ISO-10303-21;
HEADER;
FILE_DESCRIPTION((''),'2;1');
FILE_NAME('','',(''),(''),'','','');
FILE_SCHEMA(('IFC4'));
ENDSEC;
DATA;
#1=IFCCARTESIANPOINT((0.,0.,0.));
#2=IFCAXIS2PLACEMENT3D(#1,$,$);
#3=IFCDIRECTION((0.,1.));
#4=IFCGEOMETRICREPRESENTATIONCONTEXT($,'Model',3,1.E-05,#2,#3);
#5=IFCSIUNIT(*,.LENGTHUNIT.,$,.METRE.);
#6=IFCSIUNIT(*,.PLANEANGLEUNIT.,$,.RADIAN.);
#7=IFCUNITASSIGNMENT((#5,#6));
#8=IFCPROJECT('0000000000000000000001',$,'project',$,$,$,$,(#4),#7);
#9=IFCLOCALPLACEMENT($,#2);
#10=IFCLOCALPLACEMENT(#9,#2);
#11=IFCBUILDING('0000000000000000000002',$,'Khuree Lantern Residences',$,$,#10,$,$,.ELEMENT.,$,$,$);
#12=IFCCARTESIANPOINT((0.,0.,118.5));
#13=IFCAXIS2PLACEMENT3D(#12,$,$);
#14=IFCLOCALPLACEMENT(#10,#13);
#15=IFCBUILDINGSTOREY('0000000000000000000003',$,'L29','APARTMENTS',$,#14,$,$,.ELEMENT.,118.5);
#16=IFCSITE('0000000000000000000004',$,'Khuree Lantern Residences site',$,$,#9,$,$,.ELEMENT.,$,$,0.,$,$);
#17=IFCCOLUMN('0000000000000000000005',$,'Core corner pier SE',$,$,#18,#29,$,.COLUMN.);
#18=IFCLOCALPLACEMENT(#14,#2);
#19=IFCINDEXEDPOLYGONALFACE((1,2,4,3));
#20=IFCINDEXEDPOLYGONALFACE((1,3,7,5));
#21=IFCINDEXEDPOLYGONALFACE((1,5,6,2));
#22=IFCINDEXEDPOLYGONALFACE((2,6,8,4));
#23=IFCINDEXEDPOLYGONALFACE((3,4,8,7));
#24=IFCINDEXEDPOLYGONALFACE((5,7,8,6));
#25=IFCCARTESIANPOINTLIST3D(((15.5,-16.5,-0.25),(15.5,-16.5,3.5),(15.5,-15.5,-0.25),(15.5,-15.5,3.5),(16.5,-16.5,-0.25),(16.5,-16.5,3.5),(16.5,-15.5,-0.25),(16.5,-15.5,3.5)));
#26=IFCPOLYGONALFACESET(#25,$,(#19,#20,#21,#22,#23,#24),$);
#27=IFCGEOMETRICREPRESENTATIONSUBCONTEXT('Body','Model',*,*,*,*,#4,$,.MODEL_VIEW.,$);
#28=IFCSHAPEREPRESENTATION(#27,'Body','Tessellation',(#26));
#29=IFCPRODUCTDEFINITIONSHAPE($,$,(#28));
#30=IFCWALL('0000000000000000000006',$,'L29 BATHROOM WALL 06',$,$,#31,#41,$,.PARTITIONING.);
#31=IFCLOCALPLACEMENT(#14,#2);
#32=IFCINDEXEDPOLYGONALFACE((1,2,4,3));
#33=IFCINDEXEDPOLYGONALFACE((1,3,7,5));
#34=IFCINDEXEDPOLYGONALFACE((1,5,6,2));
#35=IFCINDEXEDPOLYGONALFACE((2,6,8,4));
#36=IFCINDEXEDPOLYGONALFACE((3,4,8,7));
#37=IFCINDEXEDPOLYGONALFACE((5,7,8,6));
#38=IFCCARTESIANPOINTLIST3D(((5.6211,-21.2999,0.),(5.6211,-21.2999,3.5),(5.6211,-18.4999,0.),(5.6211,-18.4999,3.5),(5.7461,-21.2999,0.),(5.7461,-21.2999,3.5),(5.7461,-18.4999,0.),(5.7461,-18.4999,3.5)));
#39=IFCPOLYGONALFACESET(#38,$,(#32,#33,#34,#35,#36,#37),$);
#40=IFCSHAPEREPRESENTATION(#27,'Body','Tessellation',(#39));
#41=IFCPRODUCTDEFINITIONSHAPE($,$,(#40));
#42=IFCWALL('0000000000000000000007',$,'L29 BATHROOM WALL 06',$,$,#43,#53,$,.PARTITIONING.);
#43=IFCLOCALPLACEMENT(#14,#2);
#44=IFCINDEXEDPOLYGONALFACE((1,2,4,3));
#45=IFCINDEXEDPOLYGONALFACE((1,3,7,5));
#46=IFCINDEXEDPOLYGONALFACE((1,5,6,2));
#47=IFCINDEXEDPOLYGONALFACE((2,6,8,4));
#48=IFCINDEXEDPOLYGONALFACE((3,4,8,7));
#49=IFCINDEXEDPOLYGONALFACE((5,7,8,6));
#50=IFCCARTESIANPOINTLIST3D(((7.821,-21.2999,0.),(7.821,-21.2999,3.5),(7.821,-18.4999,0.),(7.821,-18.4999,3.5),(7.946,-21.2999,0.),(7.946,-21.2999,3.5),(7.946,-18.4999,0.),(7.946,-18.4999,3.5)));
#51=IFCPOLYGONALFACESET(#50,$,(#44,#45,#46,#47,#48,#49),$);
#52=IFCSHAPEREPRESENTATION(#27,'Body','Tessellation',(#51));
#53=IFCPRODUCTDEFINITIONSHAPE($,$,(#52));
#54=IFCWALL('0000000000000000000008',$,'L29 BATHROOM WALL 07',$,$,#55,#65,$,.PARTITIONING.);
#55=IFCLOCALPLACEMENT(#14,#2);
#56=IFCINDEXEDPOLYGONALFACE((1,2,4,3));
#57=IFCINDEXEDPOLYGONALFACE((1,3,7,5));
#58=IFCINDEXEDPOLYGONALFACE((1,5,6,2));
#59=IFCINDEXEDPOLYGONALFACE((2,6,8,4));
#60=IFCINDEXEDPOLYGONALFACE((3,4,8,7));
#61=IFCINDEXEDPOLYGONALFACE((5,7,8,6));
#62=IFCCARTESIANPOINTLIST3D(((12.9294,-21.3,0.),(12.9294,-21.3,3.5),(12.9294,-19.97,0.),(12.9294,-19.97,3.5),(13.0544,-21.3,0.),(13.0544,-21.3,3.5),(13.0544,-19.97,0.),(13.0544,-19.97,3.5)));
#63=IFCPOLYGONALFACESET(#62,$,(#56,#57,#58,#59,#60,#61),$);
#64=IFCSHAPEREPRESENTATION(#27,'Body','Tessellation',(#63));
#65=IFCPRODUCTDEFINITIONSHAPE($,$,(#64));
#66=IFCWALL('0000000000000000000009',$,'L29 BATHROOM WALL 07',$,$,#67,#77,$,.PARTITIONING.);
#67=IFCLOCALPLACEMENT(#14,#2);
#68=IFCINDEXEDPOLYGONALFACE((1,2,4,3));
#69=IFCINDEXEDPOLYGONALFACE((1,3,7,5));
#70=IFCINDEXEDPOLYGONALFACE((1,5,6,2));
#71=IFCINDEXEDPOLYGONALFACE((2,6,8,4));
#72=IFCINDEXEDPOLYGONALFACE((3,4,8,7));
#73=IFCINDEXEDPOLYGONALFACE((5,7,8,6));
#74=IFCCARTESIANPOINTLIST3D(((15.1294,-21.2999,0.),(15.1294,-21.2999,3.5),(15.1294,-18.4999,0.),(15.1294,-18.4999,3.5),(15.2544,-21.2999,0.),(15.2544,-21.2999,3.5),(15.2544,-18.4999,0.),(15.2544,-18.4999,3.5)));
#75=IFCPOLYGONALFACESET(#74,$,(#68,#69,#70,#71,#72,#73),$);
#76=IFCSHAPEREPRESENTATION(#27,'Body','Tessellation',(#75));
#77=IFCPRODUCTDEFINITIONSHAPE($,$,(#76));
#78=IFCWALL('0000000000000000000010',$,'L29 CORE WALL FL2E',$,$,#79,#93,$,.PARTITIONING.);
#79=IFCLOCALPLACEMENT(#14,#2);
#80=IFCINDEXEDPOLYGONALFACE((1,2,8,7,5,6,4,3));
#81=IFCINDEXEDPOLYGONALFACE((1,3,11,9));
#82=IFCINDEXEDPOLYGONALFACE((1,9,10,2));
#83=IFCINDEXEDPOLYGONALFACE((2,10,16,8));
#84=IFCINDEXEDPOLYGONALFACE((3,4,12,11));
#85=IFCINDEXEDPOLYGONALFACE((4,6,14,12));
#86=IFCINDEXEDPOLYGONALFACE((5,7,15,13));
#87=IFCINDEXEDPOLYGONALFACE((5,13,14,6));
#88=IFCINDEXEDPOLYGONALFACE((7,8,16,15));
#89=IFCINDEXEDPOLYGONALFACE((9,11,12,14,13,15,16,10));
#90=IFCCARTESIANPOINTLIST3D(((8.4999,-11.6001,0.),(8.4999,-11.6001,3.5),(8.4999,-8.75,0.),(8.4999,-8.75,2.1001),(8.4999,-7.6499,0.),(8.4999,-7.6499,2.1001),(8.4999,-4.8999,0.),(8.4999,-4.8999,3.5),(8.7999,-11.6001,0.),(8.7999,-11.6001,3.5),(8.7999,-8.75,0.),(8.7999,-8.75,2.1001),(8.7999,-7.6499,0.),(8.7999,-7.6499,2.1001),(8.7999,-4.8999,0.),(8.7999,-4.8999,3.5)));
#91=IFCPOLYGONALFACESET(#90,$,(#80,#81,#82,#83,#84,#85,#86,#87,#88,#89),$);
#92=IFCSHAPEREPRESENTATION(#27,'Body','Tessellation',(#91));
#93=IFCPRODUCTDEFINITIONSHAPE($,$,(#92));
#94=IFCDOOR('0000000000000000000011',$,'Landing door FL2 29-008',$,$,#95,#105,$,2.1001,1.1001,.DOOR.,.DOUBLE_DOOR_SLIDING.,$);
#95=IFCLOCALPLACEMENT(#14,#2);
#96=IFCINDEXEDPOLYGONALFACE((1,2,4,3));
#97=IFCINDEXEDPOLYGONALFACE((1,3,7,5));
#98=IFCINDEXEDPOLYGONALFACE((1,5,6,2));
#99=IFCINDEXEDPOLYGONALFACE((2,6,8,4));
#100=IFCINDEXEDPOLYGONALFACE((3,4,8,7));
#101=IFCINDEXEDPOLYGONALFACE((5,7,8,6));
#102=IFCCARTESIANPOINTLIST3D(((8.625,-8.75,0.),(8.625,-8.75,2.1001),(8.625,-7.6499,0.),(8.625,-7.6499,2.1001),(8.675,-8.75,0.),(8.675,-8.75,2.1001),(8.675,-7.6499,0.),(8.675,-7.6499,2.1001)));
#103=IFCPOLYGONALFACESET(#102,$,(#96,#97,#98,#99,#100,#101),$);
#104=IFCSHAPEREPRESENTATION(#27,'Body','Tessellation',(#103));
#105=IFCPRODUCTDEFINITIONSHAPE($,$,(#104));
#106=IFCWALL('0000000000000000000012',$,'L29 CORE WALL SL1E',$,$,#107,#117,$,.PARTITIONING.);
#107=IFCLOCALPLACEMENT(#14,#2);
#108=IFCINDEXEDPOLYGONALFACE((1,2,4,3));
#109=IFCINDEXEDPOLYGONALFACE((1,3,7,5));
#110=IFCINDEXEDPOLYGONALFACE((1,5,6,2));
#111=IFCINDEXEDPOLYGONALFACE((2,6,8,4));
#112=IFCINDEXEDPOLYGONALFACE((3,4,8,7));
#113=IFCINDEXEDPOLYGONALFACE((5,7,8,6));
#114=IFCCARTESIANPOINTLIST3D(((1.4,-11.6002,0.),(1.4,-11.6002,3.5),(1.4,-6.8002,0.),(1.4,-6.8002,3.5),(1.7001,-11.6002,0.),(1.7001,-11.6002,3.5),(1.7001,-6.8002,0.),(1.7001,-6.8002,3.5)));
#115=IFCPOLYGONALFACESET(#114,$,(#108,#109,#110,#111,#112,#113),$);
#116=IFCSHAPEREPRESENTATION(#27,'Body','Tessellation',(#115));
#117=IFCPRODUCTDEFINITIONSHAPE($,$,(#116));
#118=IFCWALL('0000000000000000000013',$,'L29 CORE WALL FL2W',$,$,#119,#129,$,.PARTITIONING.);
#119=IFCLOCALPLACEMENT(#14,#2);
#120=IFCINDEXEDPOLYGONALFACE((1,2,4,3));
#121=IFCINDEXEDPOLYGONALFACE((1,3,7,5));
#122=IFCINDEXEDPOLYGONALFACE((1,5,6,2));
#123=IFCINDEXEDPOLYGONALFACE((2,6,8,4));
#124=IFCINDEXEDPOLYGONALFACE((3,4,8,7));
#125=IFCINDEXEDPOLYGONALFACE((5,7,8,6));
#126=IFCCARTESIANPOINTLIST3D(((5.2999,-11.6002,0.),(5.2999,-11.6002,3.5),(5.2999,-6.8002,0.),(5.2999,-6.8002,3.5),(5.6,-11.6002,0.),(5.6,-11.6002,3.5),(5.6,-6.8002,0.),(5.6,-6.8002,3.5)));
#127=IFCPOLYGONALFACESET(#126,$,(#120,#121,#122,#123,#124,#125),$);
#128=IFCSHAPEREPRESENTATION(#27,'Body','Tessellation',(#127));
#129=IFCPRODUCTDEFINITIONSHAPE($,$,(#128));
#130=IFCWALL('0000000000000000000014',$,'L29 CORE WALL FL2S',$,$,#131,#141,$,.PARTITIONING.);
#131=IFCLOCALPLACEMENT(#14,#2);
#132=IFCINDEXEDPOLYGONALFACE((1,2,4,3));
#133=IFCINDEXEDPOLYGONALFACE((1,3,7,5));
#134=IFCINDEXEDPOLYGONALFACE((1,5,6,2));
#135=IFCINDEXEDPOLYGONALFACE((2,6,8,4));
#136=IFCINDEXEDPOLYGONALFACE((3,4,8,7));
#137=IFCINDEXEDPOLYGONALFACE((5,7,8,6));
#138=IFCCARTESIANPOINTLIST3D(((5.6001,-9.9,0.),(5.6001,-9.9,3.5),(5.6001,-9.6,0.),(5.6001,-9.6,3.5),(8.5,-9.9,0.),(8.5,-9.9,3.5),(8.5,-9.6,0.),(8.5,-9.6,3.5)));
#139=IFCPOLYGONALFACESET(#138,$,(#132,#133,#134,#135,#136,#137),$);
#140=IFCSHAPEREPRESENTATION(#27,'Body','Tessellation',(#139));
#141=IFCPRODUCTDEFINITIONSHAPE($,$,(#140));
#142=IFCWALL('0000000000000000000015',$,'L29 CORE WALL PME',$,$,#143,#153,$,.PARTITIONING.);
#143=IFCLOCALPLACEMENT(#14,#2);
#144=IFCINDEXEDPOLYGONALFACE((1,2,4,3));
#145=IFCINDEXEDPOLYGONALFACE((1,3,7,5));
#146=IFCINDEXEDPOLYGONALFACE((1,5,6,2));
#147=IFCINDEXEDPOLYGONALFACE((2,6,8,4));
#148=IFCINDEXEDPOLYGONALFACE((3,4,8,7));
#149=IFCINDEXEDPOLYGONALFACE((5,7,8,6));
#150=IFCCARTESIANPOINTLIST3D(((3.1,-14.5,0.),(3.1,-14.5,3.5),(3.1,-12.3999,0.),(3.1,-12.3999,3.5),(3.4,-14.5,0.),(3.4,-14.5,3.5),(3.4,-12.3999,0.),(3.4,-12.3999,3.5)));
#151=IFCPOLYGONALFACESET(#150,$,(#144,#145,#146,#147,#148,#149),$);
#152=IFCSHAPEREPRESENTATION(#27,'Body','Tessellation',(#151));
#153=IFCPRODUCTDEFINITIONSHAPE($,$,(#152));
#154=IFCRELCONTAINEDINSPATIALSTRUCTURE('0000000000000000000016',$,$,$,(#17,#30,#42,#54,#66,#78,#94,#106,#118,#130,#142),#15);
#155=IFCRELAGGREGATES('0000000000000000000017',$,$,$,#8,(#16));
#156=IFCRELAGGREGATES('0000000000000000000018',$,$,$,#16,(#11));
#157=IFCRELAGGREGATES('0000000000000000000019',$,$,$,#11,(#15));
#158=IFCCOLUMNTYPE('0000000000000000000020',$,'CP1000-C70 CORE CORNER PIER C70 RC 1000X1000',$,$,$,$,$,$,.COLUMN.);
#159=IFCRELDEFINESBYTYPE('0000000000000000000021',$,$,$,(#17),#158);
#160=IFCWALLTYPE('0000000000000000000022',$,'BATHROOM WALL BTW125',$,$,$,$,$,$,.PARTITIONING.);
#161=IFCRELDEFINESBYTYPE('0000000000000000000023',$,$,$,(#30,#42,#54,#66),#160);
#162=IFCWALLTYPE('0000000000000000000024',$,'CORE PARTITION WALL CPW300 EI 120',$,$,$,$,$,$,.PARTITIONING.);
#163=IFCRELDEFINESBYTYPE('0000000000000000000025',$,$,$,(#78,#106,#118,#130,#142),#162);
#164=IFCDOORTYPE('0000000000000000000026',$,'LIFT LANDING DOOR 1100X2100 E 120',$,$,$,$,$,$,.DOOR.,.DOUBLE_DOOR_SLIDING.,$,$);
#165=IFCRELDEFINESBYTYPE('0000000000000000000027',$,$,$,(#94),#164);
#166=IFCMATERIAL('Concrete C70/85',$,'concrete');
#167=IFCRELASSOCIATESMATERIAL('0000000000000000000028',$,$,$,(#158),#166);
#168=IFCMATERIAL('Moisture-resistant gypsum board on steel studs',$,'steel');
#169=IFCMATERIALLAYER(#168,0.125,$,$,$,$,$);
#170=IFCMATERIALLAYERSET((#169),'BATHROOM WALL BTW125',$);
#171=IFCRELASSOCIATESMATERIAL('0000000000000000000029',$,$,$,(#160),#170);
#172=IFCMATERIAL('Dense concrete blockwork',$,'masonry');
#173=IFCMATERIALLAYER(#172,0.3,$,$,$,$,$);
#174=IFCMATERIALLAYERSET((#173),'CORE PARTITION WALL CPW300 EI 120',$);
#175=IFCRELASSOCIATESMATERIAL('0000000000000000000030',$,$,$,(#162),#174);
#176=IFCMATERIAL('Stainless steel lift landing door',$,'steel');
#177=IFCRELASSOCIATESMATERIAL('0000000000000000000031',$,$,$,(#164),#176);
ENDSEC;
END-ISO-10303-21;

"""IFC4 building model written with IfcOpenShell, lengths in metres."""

from ifc_helpers import new_model, si_unit, direction, frame, frame_2d, origin, origin_2d, place, context, subcontext, project, spatial, rectangle, extrude, material, layer, layer_set, material_profile, profile_set, type_object, element, fill, save


model = new_model("IFC4")

# Units and contexts
model_context = context("Model", 3, precision=1e-05, world=origin(), true_north=direction((0.0, 1.0)))
body_context = subcontext(model_context, "Body", "Model", "MODEL_VIEW")
ifc_project = project(units=[si_unit("LENGTHUNIT", "METRE"), si_unit("PLANEANGLEUNIT", "RADIAN")], contexts=[model_context])

# Site, building, storey
site_placement = place(None, origin())
site = spatial("IfcSite", under=ifc_project, at=site_placement, Name="Khuree Lantern Residences site", CompositionType="ELEMENT", RefElevation=0.0)
building_placement = place(site_placement, origin())
building = spatial("IfcBuilding", under=site, at=building_placement, Name="Khuree Lantern Residences", CompositionType="ELEMENT")
storey_placement = place(building_placement, frame((0.0, 0.0, 118.5)))
storey = spatial("IfcBuildingStorey", under=building, at=storey_placement, Name="L29", Description="APARTMENTS", CompositionType="ELEMENT", Elevation=118.5)

# Column
ifc_material_1 = material(Name="Concrete C70/85", Category="concrete")
ifc_material_profile = material_profile(ifc_material_1, rectangle(XDim=1.0, YDim=1.0, at=origin_2d()), Name="RC 1000X1000")
ifc_profile_set = profile_set([ifc_material_profile], Name="Concrete C70/85")
column_type = type_object("IfcColumnType", Name="CP1000-C70 CORE CORNER PIER C70 RC 1000X1000", PredefinedType="COLUMN", material=ifc_profile_set)
column_placement = place(storey_placement, frame((16.0, -16.0, -0.25), z_axis=(0.0, 0.0, 1.0), x_axis=(1.0, 0.0, 0.0)))
element("IfcColumn", 1, at=column_placement, inside=storey, type_object=column_type, Name="Core corner pier SE", PredefinedType="COLUMN", context=body_context, shape_type="SweptSolid", body=[
    extrude(rectangle(XDim=1.0, YDim=1.0, at=origin_2d()), origin(), (0.0, 0.0, 1.0), 3.75),
])

# Walls
ifc_material_2 = material(Name="Moisture-resistant gypsum board on steel studs", Category="steel")
ifc_layer_1 = layer(ifc_material_2, 0.125)
ifc_layer_set_1 = layer_set([ifc_layer_1], Name="BATHROOM WALL BTW125")
wall_type_1 = type_object("IfcWallType", Name="BATHROOM WALL BTW125", PredefinedType="PARTITIONING", material=ifc_layer_set_1)
for number, where, z_axis, x_axis, name in (
    (2, (5.6836, -18.5, 0.0), (0.0, 0.0, 1.0), (0.0, -1.0, 0.0), "L29 BATHROOM WALL 06"),
    (3, (7.8835, -18.5, 0.0), (0.0, 0.0, 1.0), (0.0, -1.0, 0.0), "L29 BATHROOM WALL 06"),
):
    element("IfcWall", number, at=place(storey_placement, frame(where, z_axis=z_axis, x_axis=x_axis)), inside=storey, type_object=wall_type_1, Name=name, PredefinedType="PARTITIONING", context=body_context, shape_type="SweptSolid", body=[
        extrude(rectangle(XDim=2.8, YDim=0.125, at=frame_2d((1.3999, 0.0))), origin(), (0.0, 0.0, 1.0), 3.5),
    ])
wall_1_placement = place(storey_placement, frame((12.9919, -19.97, 0.0), z_axis=(0.0, 0.0, 1.0), x_axis=(0.0, -1.0, 0.0)))
element("IfcWall", 4, at=wall_1_placement, inside=storey, type_object=wall_type_1, Name="L29 BATHROOM WALL 07", PredefinedType="PARTITIONING", context=body_context, shape_type="SweptSolid", body=[
    extrude(rectangle(XDim=1.3301, YDim=0.125, at=frame_2d((0.665, 0.0))), origin(), (0.0, 0.0, 1.0), 3.5),
])
wall_2_placement = place(storey_placement, frame((15.1919, -18.5, 0.0), z_axis=(0.0, 0.0, 1.0), x_axis=(0.0, -1.0, 0.0)))
element("IfcWall", 5, at=wall_2_placement, inside=storey, type_object=wall_type_1, Name="L29 BATHROOM WALL 07", PredefinedType="PARTITIONING", context=body_context, shape_type="SweptSolid", body=[
    extrude(rectangle(XDim=2.8, YDim=0.125, at=frame_2d((1.3999, 0.0))), origin(), (0.0, 0.0, 1.0), 3.5),
])

# Wall, opening, door
ifc_material_3 = material(Name="Dense concrete blockwork", Category="masonry")
ifc_layer_2 = layer(ifc_material_3, 0.3)
ifc_layer_set_2 = layer_set([ifc_layer_2], Name="CORE PARTITION WALL CPW300 EI 120")
wall_type_2 = type_object("IfcWallType", Name="CORE PARTITION WALL CPW300 EI 120", PredefinedType="PARTITIONING", material=ifc_layer_set_2)
wall_3_placement = place(storey_placement, frame((8.6499, -11.6001, 0.0), z_axis=(0.0, 0.0, 1.0), x_axis=(0.0, 1.0, 0.0)))
wall_3 = element("IfcWall", 6, at=wall_3_placement, inside=storey, type_object=wall_type_2, Name="L29 CORE WALL FL2E", PredefinedType="PARTITIONING", context=body_context, shape_type="SweptSolid", body=[
    extrude(rectangle(XDim=6.7002, YDim=0.3, at=frame_2d((3.3501, 0.0))), origin(), (0.0, 0.0, 1.0), 3.5),
])
opening_1_placement = place(wall_3_placement, frame((2.8501, 0.0, 0.0)))
opening_1 = element("IfcOpeningElement", 7, at=opening_1_placement, cuts=wall_3, PredefinedType="OPENING", context=body_context, shape_type="SweptSolid", body=[
    extrude(rectangle(XDim=1.1001, YDim=2.1001, at=frame_2d((0.55, 1.05))), frame((0.0, 0.1602, 0.0), z_axis=(0.0, -1.0, 0.0), x_axis=(1.0, 0.0, 0.0)), (0.0, 0.0, 1.0), 0.3201),
])
ifc_material_4 = material(Name="Stainless steel lift landing door", Category="steel")
door_type_1 = type_object("IfcDoorType", Name="LIFT LANDING DOOR 1100X2100 E 120", OperationType="DOUBLE_DOOR_SLIDING", PredefinedType="DOOR", material=ifc_material_4)
door_1_placement = place(opening_1_placement, origin())
door_1 = element("IfcDoor", 8, at=door_1_placement, inside=storey, type_object=door_type_1, Name="Landing door FL2 29-008", OperationType="DOUBLE_DOOR_SLIDING", OverallHeight=2.1001, OverallWidth=1.1001, PredefinedType="DOOR", context=body_context, shape_type="SweptSolid", body=[
    extrude(rectangle(XDim=1.1001, YDim=2.1001, at=frame_2d((0.55, 1.05))), frame((0.0, 0.0249, 0.0), z_axis=(0.0, -1.0, 0.0), x_axis=(1.0, 0.0, 0.0)), (0.0, 0.0, 1.0), 0.05),
])
fill(opening_1, door_1)

# Walls
for number, where, z_axis, x_axis, name in (
    (9, (1.55, -11.6001, 0.0), (0.0, 0.0, 1.0), (0.0, 1.0, 0.0), "L29 CORE WALL SL1E"),
    (10, (5.45, -11.6001, 0.0), (0.0, 0.0, 1.0), (0.0, 1.0, 0.0), "L29 CORE WALL FL2W"),
):
    element("IfcWall", number, at=place(storey_placement, frame(where, z_axis=z_axis, x_axis=x_axis)), inside=storey, type_object=wall_type_2, Name=name, PredefinedType="PARTITIONING", context=body_context, shape_type="SweptSolid", body=[
        extrude(rectangle(XDim=4.8, YDim=0.3, at=frame_2d((2.3999, 0.0))), origin(), (0.0, 0.0, 1.0), 3.5),
    ])
wall_4_placement = place(storey_placement, frame((5.6001, -9.75, 0.0), z_axis=(0.0, 0.0, 1.0), x_axis=(1.0, 0.0, 0.0)))
element("IfcWall", 11, at=wall_4_placement, inside=storey, type_object=wall_type_2, Name="L29 CORE WALL FL2S", PredefinedType="PARTITIONING", context=body_context, shape_type="SweptSolid", body=[
    extrude(rectangle(XDim=2.8999, YDim=0.3, at=frame_2d((1.45, 0.0))), origin(), (0.0, 0.0, 1.0), 3.5),
])
wall_5_placement = place(storey_placement, frame((3.25, -14.5, 0.0), z_axis=(0.0, 0.0, 1.0), x_axis=(0.0, 1.0, 0.0)))
element("IfcWall", 12, at=wall_5_placement, inside=storey, type_object=wall_type_2, Name="L29 CORE WALL PME", PredefinedType="PARTITIONING", context=body_context, shape_type="SweptSolid", body=[
    extrude(rectangle(XDim=2.1001, YDim=0.3, at=frame_2d((1.05, 0.0))), origin(), (0.0, 0.0, 1.0), 3.5),
])

save(model, "model.ifc")
